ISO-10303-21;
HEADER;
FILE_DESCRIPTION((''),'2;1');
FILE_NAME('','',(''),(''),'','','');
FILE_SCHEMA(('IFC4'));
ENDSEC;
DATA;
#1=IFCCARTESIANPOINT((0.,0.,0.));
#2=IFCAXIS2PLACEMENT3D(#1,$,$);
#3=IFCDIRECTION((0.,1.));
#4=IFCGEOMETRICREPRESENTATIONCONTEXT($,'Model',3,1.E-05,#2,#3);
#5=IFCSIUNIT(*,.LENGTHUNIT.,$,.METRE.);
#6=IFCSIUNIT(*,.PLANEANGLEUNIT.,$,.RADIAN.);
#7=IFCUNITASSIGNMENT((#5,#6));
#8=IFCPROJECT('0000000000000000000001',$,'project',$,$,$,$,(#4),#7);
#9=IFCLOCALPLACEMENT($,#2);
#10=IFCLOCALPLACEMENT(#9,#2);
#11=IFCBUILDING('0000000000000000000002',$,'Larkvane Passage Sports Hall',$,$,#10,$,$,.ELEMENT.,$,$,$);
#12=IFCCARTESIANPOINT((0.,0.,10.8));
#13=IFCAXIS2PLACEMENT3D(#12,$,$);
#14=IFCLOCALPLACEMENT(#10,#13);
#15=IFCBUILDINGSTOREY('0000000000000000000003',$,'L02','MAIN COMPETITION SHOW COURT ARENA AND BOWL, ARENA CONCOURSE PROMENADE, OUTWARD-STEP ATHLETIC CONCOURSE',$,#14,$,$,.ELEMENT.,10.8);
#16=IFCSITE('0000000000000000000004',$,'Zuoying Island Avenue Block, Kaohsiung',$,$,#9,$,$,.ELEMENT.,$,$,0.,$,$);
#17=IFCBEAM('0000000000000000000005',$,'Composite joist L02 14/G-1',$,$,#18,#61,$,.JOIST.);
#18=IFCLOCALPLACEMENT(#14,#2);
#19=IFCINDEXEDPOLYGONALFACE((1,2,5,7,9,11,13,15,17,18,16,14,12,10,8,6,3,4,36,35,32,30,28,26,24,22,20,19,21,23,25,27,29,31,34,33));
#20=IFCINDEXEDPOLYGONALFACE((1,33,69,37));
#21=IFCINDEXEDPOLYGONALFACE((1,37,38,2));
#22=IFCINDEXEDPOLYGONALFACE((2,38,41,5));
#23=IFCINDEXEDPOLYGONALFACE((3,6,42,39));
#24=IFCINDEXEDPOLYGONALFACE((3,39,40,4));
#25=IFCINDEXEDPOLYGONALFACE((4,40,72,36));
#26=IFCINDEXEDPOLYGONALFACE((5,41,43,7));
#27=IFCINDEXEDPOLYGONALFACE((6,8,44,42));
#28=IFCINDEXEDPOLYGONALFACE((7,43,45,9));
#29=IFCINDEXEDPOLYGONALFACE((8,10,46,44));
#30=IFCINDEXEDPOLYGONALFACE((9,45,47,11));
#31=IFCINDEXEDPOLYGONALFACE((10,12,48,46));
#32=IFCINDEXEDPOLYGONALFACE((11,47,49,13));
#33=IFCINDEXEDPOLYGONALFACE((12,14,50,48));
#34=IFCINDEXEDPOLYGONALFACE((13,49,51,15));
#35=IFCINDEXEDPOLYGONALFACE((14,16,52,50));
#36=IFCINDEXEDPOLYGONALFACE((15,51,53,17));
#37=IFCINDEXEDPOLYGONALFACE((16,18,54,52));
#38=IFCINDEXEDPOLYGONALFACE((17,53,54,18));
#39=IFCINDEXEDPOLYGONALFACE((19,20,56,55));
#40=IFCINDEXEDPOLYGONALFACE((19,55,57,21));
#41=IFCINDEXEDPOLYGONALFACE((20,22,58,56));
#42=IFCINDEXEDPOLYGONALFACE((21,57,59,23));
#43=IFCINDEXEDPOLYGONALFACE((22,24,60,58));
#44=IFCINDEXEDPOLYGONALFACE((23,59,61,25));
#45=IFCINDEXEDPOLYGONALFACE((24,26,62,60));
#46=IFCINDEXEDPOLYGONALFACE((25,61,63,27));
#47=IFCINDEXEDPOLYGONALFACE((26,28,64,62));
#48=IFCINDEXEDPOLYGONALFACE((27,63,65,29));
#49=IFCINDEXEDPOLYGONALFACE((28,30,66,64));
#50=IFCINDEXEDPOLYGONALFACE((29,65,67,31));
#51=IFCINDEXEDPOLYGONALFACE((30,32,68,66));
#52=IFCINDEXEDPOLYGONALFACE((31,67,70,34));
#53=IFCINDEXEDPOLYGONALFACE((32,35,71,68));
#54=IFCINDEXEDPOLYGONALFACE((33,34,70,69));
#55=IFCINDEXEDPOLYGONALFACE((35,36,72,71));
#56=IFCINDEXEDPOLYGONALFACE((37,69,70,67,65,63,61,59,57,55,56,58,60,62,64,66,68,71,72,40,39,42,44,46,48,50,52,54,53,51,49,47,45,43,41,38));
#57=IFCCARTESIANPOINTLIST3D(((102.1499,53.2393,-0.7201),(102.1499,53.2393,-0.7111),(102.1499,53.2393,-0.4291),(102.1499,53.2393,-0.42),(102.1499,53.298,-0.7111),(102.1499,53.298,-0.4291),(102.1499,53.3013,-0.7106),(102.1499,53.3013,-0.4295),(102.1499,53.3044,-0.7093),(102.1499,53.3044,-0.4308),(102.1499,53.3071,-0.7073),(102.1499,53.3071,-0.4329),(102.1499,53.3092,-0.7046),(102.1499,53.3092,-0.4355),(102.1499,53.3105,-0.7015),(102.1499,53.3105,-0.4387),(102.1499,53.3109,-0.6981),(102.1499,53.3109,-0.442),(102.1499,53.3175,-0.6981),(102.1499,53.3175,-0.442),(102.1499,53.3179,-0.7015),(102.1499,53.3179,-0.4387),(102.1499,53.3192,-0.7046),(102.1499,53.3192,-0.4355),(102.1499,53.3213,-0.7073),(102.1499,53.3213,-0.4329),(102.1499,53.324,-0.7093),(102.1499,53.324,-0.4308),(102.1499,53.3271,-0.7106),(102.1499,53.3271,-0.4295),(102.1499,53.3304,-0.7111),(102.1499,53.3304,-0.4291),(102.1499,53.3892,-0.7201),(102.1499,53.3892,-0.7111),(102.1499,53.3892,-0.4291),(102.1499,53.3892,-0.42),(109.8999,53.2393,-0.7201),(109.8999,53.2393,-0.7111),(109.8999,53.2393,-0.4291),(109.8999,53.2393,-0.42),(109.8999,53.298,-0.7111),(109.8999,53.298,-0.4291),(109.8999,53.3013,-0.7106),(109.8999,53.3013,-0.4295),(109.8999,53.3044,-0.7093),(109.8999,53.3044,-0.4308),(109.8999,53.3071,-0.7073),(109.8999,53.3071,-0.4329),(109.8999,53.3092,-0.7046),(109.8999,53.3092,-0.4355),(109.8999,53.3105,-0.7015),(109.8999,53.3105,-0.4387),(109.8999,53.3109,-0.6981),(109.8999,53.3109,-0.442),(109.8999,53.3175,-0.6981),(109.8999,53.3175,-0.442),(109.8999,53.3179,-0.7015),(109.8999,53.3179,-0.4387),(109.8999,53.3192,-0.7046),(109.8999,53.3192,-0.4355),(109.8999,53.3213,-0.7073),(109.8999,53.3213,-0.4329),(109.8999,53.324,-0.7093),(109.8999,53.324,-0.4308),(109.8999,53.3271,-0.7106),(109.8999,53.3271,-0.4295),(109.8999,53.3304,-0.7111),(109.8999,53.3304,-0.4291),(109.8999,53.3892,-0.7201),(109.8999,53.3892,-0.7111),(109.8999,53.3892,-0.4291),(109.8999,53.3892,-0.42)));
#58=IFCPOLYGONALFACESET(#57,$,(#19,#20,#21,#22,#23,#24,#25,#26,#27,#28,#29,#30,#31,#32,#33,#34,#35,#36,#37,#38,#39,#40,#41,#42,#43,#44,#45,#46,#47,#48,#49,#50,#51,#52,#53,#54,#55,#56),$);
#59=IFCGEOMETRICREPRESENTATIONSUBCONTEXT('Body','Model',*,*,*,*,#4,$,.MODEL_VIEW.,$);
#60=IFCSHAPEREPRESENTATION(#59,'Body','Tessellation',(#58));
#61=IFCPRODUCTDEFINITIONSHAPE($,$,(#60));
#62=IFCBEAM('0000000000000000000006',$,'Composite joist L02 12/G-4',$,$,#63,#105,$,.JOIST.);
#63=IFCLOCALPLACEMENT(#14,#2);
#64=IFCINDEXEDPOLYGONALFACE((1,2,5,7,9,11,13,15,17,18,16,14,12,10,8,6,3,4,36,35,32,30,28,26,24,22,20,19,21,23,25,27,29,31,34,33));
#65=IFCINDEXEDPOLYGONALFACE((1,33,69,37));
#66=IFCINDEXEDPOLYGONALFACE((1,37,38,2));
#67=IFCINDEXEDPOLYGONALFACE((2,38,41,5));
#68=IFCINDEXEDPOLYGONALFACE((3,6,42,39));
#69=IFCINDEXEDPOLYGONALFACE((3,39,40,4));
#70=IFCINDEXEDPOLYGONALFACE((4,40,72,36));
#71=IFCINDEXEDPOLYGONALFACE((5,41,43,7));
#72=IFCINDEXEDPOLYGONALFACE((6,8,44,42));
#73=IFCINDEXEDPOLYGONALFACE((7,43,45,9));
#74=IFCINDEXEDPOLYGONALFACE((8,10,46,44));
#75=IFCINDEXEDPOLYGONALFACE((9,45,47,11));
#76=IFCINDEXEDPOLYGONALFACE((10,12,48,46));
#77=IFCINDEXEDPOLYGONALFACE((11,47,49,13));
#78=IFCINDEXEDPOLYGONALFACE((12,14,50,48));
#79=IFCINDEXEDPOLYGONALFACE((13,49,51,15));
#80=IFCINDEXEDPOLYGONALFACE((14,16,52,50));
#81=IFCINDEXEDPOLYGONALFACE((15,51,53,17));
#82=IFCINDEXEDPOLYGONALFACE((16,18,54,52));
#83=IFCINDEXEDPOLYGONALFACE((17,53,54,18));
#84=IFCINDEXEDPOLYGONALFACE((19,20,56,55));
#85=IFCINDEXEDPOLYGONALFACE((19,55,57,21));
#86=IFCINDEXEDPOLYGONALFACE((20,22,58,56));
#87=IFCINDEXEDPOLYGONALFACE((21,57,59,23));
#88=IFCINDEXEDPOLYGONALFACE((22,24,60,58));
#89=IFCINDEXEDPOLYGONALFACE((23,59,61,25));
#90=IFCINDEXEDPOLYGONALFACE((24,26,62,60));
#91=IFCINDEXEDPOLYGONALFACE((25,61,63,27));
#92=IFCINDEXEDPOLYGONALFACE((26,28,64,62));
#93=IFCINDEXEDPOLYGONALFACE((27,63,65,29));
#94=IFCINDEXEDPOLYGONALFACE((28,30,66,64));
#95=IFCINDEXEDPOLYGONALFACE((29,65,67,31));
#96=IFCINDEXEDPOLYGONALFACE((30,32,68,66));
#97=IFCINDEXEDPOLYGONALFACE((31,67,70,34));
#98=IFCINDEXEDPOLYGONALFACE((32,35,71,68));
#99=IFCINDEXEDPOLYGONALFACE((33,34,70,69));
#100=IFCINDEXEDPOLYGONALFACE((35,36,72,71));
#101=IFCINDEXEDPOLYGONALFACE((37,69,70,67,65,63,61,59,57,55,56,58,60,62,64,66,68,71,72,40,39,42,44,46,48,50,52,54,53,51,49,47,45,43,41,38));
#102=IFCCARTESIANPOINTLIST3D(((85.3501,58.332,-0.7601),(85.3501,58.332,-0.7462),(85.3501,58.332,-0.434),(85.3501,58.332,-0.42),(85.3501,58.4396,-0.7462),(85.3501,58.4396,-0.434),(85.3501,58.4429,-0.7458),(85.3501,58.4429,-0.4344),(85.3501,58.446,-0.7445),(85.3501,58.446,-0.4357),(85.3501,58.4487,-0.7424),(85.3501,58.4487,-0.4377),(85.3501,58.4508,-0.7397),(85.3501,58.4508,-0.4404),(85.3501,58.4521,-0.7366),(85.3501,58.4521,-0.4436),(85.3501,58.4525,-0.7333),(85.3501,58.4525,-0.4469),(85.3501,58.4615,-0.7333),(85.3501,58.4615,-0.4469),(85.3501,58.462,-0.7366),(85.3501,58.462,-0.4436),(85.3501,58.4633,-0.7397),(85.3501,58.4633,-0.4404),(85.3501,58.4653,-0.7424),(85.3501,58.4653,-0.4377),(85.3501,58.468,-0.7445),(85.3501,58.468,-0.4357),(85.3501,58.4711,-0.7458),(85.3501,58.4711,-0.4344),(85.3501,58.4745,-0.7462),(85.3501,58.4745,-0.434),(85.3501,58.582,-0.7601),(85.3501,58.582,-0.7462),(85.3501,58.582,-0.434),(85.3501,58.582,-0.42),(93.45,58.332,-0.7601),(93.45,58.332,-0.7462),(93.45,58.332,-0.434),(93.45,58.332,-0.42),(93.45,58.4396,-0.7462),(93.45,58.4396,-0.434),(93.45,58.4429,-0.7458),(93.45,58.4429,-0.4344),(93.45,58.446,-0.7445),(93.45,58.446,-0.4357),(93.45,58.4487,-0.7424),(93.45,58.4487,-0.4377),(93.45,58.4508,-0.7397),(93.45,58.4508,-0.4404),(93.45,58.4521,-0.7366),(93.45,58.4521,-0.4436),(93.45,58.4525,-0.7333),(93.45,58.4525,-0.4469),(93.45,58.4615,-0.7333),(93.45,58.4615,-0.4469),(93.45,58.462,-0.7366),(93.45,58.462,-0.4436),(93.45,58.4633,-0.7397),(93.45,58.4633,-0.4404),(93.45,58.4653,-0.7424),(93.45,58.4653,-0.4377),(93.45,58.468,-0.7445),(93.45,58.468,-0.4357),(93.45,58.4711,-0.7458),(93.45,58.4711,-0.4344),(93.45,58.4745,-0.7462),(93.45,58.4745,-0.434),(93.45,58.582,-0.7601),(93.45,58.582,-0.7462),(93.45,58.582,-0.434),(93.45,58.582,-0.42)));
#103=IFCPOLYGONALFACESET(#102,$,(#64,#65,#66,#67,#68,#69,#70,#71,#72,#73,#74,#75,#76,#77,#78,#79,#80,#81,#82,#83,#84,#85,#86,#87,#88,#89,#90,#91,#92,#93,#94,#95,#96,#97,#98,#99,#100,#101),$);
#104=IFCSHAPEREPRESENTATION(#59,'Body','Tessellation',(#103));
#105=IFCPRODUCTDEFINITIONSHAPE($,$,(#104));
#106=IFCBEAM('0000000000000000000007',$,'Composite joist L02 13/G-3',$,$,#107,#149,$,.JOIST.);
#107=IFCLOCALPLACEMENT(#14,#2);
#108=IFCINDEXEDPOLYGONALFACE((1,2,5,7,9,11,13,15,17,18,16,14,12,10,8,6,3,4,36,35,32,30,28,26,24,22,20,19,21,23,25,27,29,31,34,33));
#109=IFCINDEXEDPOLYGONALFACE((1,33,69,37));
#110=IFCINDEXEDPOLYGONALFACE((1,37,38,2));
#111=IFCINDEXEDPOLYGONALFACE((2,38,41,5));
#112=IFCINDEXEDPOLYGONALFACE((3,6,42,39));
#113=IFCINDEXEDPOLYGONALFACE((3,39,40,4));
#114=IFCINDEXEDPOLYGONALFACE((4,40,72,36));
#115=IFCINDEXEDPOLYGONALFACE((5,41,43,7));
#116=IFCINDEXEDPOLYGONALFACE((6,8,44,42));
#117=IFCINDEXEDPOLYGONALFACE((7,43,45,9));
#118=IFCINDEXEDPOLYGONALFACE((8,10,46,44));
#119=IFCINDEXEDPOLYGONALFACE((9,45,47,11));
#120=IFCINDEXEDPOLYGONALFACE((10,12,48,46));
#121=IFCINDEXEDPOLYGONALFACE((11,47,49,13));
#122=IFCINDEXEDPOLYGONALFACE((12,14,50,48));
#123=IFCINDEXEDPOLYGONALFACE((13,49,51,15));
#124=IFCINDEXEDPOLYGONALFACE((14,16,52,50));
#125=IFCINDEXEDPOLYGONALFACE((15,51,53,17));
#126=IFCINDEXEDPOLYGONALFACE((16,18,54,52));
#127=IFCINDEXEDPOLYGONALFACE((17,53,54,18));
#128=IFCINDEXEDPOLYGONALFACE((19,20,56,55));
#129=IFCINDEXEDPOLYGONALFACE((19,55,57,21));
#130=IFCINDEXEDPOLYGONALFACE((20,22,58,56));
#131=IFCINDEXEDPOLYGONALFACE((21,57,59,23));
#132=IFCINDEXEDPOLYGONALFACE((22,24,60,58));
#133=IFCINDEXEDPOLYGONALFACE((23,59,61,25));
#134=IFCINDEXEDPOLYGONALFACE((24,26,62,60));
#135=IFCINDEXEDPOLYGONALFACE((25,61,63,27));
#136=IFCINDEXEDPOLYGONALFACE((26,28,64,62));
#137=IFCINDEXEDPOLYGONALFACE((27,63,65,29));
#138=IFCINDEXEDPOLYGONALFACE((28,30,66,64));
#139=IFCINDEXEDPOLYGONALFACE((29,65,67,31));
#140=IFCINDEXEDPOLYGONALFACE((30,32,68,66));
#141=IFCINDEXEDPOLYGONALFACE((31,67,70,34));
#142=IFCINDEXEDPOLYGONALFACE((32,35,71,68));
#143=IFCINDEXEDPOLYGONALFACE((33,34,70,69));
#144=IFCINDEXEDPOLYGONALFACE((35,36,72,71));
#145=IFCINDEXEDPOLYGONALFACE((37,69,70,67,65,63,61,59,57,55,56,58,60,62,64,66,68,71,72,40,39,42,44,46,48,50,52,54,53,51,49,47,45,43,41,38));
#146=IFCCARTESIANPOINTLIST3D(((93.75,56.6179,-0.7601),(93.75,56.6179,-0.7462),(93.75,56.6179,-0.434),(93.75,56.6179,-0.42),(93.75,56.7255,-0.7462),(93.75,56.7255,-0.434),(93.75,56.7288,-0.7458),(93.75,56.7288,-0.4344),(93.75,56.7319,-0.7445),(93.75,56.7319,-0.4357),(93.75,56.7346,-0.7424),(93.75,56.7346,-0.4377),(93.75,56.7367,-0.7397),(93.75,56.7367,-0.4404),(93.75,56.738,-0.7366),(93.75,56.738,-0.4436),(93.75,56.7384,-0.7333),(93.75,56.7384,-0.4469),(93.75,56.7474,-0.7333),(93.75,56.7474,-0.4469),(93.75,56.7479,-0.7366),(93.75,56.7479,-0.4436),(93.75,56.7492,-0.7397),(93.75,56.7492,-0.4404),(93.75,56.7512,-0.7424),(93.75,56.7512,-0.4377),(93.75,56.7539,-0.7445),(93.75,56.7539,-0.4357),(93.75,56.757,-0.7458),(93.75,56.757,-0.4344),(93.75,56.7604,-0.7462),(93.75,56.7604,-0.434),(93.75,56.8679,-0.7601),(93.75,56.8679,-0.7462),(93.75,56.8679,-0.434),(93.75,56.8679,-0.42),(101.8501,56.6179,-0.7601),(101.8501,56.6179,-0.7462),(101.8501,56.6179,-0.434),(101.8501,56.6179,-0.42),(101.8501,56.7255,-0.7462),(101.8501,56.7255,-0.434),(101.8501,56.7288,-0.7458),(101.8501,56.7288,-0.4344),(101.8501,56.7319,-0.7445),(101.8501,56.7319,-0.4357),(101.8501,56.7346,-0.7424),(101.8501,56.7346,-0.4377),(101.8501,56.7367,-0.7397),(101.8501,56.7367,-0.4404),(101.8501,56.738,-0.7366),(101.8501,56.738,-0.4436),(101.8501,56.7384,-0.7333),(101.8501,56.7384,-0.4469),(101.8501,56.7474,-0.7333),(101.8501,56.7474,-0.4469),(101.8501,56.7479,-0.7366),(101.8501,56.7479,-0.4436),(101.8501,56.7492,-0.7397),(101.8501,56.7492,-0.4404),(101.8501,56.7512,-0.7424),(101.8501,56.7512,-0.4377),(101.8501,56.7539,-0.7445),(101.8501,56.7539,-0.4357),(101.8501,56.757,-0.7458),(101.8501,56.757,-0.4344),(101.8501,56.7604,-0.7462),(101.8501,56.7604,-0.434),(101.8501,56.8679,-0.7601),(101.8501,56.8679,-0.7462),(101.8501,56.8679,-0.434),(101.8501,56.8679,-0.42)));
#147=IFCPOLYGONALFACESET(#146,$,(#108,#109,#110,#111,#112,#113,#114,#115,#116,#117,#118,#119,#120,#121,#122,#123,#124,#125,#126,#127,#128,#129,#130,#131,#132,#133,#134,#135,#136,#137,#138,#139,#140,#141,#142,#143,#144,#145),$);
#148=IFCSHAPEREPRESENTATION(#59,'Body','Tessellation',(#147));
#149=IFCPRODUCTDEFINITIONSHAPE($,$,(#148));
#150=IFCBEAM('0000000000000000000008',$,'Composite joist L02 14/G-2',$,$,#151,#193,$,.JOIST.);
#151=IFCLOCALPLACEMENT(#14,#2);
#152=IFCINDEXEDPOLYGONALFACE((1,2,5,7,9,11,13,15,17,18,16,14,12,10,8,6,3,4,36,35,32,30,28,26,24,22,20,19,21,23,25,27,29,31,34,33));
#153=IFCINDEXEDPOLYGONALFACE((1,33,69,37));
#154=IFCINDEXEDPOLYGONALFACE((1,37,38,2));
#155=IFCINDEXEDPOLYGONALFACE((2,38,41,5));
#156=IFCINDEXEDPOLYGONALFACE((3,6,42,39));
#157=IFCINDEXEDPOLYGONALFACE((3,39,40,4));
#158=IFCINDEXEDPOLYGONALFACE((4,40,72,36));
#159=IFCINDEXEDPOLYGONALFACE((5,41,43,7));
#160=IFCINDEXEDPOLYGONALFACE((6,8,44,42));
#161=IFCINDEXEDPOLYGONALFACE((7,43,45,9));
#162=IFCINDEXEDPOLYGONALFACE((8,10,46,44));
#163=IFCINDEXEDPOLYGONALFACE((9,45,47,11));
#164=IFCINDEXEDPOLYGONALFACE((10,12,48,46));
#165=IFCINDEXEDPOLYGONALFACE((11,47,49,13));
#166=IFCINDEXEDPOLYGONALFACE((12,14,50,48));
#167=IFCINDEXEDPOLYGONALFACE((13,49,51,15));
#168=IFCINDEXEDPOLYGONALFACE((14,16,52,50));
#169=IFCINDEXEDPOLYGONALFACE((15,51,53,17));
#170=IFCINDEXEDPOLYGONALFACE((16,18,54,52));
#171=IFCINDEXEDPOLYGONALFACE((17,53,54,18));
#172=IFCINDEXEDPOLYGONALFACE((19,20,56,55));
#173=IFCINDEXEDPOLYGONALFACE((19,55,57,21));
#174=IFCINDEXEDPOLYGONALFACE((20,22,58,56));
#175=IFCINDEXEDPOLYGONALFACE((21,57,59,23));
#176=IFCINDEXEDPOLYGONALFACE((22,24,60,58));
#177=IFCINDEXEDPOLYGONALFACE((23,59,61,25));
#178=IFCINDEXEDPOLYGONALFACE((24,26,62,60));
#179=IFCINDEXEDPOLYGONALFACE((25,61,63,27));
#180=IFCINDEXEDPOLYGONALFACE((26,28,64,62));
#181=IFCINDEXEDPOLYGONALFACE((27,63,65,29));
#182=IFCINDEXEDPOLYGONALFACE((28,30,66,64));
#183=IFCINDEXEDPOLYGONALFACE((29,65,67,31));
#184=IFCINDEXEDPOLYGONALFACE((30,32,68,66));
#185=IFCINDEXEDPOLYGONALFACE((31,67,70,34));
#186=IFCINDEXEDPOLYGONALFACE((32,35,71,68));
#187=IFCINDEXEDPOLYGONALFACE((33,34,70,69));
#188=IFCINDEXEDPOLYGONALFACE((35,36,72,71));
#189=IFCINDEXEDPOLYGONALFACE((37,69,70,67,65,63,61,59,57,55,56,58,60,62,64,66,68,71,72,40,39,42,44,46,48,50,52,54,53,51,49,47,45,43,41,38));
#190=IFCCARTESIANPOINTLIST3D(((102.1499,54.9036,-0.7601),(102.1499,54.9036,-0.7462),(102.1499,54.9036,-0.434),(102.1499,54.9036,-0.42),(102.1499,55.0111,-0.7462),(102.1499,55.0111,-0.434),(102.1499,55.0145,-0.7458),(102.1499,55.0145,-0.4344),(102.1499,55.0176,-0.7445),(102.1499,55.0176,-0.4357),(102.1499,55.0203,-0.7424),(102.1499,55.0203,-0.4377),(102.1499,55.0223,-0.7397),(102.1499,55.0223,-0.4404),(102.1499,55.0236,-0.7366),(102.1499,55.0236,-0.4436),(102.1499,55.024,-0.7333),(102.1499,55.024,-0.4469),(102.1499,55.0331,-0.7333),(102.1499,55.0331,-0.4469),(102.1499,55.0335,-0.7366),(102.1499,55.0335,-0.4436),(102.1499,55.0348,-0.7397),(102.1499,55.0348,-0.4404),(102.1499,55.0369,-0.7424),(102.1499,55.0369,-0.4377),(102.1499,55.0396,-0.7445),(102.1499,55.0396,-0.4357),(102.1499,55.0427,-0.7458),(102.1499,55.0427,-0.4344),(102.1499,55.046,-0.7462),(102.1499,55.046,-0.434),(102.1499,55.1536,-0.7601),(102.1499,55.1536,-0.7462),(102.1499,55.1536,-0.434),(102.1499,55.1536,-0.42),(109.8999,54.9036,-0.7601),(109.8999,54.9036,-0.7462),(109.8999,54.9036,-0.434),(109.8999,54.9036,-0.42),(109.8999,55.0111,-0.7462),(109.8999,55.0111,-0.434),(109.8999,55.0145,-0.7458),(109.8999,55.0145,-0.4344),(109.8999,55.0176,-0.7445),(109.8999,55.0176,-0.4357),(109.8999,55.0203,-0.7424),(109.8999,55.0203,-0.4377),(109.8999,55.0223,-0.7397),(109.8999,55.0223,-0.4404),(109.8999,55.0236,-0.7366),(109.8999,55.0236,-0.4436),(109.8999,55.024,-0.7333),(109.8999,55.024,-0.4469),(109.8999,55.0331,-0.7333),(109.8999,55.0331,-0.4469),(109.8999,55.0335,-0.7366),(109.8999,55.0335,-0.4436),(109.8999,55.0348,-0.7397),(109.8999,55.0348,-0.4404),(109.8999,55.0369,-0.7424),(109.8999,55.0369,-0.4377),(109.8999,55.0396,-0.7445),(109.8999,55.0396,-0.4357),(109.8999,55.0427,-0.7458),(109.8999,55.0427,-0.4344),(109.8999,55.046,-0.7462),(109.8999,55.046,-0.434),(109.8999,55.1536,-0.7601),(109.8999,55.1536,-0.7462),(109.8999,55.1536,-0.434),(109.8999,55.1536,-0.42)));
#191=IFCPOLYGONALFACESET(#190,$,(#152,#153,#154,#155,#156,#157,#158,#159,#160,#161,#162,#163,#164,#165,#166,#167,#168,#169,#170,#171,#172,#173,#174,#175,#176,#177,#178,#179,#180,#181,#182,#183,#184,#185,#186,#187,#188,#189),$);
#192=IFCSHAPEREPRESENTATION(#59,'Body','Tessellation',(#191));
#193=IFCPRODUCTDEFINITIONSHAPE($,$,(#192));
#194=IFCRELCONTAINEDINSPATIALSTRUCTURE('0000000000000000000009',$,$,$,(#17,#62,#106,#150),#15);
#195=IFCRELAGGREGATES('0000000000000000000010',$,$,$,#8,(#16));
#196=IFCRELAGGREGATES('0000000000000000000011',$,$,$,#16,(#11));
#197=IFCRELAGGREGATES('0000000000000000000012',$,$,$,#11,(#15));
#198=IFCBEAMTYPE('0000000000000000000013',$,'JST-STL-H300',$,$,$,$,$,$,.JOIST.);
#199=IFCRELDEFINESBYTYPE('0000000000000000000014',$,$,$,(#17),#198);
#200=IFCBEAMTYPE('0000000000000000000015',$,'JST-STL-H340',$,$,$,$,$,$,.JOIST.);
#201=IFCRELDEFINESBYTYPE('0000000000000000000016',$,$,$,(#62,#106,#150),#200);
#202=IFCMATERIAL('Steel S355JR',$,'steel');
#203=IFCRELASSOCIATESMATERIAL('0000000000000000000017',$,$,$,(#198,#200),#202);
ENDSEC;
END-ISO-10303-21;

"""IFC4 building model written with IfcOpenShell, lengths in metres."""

from ifc_helpers import new_model, si_unit, direction, frame, origin, origin_2d, place, context, subcontext, project, spatial, i_section, extrude, material, material_profile, profile_set, type_object, element, save


model = new_model("IFC4")

# Units and contexts
model_context = context("Model", 3, precision=1e-05, world=origin(), true_north=direction((0.0, 1.0)))
body_context = subcontext(model_context, "Body", "Model", "MODEL_VIEW")
ifc_project = project(units=[si_unit("LENGTHUNIT", "METRE"), si_unit("PLANEANGLEUNIT", "RADIAN")], contexts=[model_context])

# Site, building, storey
site_placement = place(None, origin())
site = spatial("IfcSite", under=ifc_project, at=site_placement, Name="Zuoying Island Avenue Block, Kaohsiung", CompositionType="ELEMENT", RefElevation=0.0)
building_placement = place(site_placement, origin())
building = spatial("IfcBuilding", under=site, at=building_placement, Name="Larkvane Passage Sports Hall", CompositionType="ELEMENT")
storey_placement = place(building_placement, frame((0.0, 0.0, 10.8)))
storey = spatial("IfcBuildingStorey", under=building, at=storey_placement, Name="L02", Description="MAIN COMPETITION SHOW COURT ARENA AND BOWL, ARENA CONCOURSE PROMENADE, OUTWARD-STEP ATHLETIC CONCOURSE", CompositionType="ELEMENT", Elevation=10.8)

# Shared definitions
ifc_material_1 = material(Name="Steel S355JR", Category="steel")

# Beams
ifc_material_profile_1 = material_profile(ifc_material_1, i_section(OverallWidth=0.1499, OverallDepth=0.3, WebThickness=0.0066, FlangeThickness=0.009, FilletRadius=0.0129, at=origin_2d()), Name="H-300x150x6.5x9")
ifc_profile_set_1 = profile_set([ifc_material_profile_1], Name="Steel S355JR")
beam_type_1 = type_object("IfcBeamType", Name="JST-STL-H300", PredefinedType="JOIST", material=ifc_profile_set_1)
beam_1_placement = place(storey_placement, frame((102.1499, 53.3142, -0.5701), z_axis=(1.0, 0.0, 0.0), x_axis=(0.0, 1.0, 0.0)))
element("IfcBeam", 1, at=beam_1_placement, inside=storey, type_object=beam_type_1, Name="Composite joist L02 14/G-1", PredefinedType="JOIST", context=body_context, shape_type="SweptSolid", body=[
    extrude(i_section(OverallWidth=0.1499, OverallDepth=0.3, WebThickness=0.0066, FlangeThickness=0.009, FilletRadius=0.0129, at=origin_2d()), origin(), (0.0, 0.0, 1.0), 7.75),
])
ifc_material_profile_2 = material_profile(ifc_material_1, i_section(OverallWidth=0.25, OverallDepth=0.3401, WebThickness=0.009, FlangeThickness=0.0139, FilletRadius=0.0129, at=origin_2d()), Name="H-340x250x9x14")
ifc_profile_set_2 = profile_set([ifc_material_profile_2], Name="Steel S355JR")
beam_type_2 = type_object("IfcBeamType", Name="JST-STL-H340", PredefinedType="JOIST", material=ifc_profile_set_2)
beam_2_placement = place(storey_placement, frame((85.3501, 58.457, -0.5901), z_axis=(1.0, 0.0, 0.0), x_axis=(0.0, 1.0, 0.0)))
element("IfcBeam", 2, at=beam_2_placement, inside=storey, type_object=beam_type_2, Name="Composite joist L02 12/G-4", PredefinedType="JOIST", context=body_context, shape_type="SweptSolid", body=[
    extrude(i_section(OverallWidth=0.25, OverallDepth=0.3401, WebThickness=0.009, FlangeThickness=0.0139, FilletRadius=0.0129, at=origin_2d()), origin(), (0.0, 0.0, 1.0), 8.0999),
])
beam_3_placement = place(storey_placement, frame((93.75, 56.7429, -0.5901), z_axis=(1.0, 0.0, 0.0), x_axis=(0.0, 1.0, 0.0)))
element("IfcBeam", 3, at=beam_3_placement, inside=storey, type_object=beam_type_2, Name="Composite joist L02 13/G-3", PredefinedType="JOIST", context=body_context, shape_type="SweptSolid", body=[
    extrude(i_section(OverallWidth=0.25, OverallDepth=0.3401, WebThickness=0.009, FlangeThickness=0.0139, FilletRadius=0.0129, at=origin_2d()), origin(), (0.0, 0.0, 1.0), 8.1001),
])
beam_4_placement = place(storey_placement, frame((102.1499, 55.0286, -0.5901), z_axis=(1.0, 0.0, 0.0), x_axis=(0.0, 1.0, 0.0)))
element("IfcBeam", 4, at=beam_4_placement, inside=storey, type_object=beam_type_2, Name="Composite joist L02 14/G-2", PredefinedType="JOIST", context=body_context, shape_type="SweptSolid", body=[
    extrude(i_section(OverallWidth=0.25, OverallDepth=0.3401, WebThickness=0.009, FlangeThickness=0.0139, FilletRadius=0.0129, at=origin_2d()), origin(), (0.0, 0.0, 1.0), 7.75),
])

save(model, "model.ifc")
